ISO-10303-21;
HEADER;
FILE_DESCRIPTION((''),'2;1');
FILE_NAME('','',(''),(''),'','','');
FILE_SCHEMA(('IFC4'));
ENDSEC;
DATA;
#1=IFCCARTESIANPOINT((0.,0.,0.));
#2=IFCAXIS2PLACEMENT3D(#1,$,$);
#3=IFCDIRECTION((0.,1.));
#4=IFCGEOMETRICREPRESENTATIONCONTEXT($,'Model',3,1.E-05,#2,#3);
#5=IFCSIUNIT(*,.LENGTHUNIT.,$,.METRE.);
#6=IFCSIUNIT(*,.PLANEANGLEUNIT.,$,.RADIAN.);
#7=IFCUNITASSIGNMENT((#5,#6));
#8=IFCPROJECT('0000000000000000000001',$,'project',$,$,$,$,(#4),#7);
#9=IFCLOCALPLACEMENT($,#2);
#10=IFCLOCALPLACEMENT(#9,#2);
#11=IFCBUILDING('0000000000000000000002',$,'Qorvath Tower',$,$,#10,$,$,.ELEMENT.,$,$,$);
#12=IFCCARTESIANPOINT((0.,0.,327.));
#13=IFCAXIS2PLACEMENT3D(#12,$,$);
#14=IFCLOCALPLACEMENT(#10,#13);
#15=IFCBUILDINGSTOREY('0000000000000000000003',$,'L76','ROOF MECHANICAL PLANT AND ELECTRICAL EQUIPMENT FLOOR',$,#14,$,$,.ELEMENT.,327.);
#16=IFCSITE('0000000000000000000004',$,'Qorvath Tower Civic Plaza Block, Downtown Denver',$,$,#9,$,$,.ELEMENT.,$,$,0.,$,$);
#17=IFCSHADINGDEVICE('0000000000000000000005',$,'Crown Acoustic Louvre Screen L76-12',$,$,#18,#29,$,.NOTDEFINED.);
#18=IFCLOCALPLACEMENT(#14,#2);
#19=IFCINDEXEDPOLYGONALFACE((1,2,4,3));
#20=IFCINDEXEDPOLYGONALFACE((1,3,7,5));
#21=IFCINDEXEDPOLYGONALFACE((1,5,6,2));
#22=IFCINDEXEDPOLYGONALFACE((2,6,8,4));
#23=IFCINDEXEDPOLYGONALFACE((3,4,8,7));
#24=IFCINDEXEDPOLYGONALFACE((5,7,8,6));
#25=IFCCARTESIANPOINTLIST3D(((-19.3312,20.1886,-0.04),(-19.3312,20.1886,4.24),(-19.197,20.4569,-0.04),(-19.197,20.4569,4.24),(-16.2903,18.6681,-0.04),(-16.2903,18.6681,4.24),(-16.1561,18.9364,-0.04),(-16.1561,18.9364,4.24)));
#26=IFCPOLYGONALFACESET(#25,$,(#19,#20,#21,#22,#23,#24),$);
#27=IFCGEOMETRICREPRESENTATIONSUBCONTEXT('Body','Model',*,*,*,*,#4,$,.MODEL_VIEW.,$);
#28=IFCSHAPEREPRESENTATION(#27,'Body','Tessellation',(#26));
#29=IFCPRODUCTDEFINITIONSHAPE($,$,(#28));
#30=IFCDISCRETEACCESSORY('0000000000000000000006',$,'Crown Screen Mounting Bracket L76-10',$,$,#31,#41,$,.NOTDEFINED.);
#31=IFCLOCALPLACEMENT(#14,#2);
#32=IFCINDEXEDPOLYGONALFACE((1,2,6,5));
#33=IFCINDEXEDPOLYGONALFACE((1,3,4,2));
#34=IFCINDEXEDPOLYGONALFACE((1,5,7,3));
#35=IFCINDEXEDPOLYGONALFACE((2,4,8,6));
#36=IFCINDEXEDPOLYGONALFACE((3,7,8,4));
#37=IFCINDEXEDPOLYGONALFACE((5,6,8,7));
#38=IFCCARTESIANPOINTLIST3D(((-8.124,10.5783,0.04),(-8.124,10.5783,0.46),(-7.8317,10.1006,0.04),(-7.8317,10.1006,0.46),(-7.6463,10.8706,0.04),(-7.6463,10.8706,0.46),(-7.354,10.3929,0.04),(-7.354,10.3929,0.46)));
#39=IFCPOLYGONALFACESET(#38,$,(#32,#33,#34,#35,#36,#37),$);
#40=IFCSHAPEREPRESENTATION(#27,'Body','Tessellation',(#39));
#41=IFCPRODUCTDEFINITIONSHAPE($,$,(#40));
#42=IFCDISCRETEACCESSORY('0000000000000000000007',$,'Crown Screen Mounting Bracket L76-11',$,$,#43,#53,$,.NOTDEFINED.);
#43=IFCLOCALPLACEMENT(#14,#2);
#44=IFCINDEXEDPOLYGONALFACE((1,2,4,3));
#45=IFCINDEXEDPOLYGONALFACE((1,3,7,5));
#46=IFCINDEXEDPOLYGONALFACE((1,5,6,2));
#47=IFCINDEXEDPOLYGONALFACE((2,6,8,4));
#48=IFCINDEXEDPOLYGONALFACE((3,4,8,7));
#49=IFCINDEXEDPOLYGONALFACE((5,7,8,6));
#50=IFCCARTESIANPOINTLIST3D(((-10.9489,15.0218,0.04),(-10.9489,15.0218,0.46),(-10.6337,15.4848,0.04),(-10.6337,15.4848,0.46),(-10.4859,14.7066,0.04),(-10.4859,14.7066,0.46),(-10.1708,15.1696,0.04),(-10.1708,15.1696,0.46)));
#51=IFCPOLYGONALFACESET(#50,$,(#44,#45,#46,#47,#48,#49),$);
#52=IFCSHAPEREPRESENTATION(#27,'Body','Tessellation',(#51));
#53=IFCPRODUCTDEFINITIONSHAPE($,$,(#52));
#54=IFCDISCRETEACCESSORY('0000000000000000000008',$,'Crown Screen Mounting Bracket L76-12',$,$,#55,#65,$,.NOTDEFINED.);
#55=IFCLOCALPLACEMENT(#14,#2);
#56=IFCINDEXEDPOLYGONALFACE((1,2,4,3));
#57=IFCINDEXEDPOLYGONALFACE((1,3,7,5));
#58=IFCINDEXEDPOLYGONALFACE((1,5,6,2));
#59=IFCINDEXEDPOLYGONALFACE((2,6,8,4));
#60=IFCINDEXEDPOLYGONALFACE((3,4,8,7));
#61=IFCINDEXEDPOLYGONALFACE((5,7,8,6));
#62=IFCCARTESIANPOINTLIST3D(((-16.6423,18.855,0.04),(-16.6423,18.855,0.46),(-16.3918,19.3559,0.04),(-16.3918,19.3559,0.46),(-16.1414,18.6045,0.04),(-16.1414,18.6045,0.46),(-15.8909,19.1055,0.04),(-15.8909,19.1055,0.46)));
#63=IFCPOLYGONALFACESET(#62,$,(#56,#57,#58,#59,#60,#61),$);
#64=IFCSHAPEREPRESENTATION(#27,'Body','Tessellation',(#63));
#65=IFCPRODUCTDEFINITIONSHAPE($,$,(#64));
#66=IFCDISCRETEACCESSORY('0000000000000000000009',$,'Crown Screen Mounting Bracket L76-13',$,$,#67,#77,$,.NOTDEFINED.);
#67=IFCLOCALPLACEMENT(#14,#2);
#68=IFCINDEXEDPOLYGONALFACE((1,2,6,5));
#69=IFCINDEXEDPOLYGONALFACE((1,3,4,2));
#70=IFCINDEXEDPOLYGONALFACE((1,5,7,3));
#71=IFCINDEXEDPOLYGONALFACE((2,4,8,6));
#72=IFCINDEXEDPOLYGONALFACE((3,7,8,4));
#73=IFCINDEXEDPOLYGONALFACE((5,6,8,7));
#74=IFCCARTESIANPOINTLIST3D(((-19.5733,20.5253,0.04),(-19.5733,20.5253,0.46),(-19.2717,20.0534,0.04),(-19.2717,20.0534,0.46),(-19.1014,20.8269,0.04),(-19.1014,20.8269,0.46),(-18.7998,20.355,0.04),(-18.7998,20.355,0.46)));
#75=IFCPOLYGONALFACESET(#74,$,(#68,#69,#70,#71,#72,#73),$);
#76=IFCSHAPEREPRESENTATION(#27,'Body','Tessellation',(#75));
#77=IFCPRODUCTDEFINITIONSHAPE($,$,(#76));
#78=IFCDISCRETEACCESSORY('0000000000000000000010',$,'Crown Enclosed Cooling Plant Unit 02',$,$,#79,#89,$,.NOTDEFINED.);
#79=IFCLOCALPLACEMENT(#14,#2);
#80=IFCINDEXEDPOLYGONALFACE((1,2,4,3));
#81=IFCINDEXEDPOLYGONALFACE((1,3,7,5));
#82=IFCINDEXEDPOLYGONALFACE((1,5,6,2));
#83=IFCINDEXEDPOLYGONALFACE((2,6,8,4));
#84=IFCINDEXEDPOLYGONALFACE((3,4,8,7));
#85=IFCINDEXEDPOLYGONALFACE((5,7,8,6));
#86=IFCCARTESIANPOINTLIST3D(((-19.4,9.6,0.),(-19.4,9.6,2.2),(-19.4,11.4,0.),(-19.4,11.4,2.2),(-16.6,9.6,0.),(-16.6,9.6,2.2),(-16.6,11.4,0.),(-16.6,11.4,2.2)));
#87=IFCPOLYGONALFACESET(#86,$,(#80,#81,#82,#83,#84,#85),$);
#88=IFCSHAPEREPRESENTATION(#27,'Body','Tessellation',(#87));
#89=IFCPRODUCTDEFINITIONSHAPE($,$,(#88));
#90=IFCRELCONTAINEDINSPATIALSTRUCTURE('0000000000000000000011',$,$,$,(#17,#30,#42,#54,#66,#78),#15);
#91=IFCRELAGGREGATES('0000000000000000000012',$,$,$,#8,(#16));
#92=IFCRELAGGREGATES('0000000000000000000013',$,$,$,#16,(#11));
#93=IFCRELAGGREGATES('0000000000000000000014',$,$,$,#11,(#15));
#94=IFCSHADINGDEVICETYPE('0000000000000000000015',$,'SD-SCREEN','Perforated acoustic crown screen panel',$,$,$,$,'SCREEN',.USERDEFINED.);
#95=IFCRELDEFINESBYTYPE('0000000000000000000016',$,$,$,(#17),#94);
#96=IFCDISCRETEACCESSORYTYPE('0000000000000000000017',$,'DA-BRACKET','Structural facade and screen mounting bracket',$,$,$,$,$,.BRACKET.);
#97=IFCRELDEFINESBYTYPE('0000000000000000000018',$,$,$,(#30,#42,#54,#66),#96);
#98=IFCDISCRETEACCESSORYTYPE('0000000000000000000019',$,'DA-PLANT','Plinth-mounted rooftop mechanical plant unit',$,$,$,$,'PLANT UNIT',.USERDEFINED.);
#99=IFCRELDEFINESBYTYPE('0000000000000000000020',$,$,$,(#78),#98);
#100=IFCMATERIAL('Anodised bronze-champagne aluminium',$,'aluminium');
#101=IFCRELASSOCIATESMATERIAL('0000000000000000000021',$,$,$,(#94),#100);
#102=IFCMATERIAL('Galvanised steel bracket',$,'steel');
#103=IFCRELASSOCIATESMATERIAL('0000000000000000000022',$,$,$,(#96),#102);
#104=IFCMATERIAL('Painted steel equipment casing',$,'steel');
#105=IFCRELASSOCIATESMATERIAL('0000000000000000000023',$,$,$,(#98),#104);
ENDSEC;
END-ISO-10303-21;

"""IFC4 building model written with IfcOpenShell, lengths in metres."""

from ifc_helpers import new_model, si_unit, direction, frame, origin, origin_2d, place, context, subcontext, project, spatial, rectangle, extrude, material, type_object, element, save


model = new_model("IFC4")

# Units and contexts
model_context = context("Model", 3, precision=1e-05, world=origin(), true_north=direction((0.0, 1.0)))
body_context = subcontext(model_context, "Body", "Model", "MODEL_VIEW")
ifc_project = project(units=[si_unit("LENGTHUNIT", "METRE"), si_unit("PLANEANGLEUNIT", "RADIAN")], contexts=[model_context])

# Site, building, storey
site_placement = place(None, origin())
site = spatial("IfcSite", under=ifc_project, at=site_placement, Name="Qorvath Tower Civic Plaza Block, Downtown Denver", CompositionType="ELEMENT", RefElevation=0.0)
building_placement = place(site_placement, origin())
building = spatial("IfcBuilding", under=site, at=building_placement, Name="Qorvath Tower", CompositionType="ELEMENT")
storey_placement = place(building_placement, frame((0.0, 0.0, 327.0)))
storey = spatial("IfcBuildingStorey", under=building, at=storey_placement, Name="L76", Description="ROOF MECHANICAL PLANT AND ELECTRICAL EQUIPMENT FLOOR", CompositionType="ELEMENT", Elevation=327.0)

# Shading device
ifc_material_1 = material(Name="Anodised bronze-champagne aluminium", Category="aluminium")
shading_device_type = type_object("IfcShadingDeviceType", Name="SD-SCREEN", Description="Perforated acoustic crown screen panel", ElementType="SCREEN", PredefinedType="USERDEFINED", material=ifc_material_1)
shading_device_1_placement = place(storey_placement, frame((-17.7437, 19.5625, -0.04), z_axis=(0.0, 0.0, 1.0), x_axis=(-0.894421, 0.447227, 0.0)))
element("IfcShadingDevice", 1, at=shading_device_1_placement, inside=storey, type_object=shading_device_type, Name="Crown Acoustic Louvre Screen L76-12", PredefinedType="NOTDEFINED", context=body_context, shape_type="SweptSolid", body=[
    extrude(rectangle(XDim=3.3999, YDim=0.3, at=origin_2d()), origin(), (0.0, 0.0, 1.0), 4.28),
])

# Discrete accessories
ifc_material_2 = material(Name="Galvanised steel bracket", Category="steel")
discrete_accessory_type_1 = type_object("IfcDiscreteAccessoryType", Name="DA-BRACKET", Description="Structural facade and screen mounting bracket", PredefinedType="BRACKET", material=ifc_material_2)
for number, where, z_axis, x_axis, name in (
    (2, (-7.739, 10.4856, 0.04), (0.0, 0.0, 1.0), (-0.521914, 0.852998, 0.0), "Crown Screen Mounting Bracket L76-10"),
    (3, (-10.5598, 15.0957, 0.04), (0.0, 0.0, 1.0), (-0.826661, 0.5627, 0.0), "Crown Screen Mounting Bracket L76-11"),
    (4, (-16.2666, 18.9802, 0.04), (0.0, 0.0, 1.0), (-0.894421, 0.447227, 0.0), "Crown Screen Mounting Bracket L76-12"),
    (5, (-19.1865, 20.4402, 0.04), (0.0, 0.0, 1.0), (-0.842609, -0.538525, 0.0), "Crown Screen Mounting Bracket L76-13"),
):
    element("IfcDiscreteAccessory", number, at=place(storey_placement, frame(where, z_axis=z_axis, x_axis=x_axis)), inside=storey, type_object=discrete_accessory_type_1, Name=name, PredefinedType="NOTDEFINED", context=body_context, shape_type="SweptSolid", body=[
        extrude(rectangle(XDim=0.5601, YDim=0.5601, at=origin_2d()), origin(), (0.0, 0.0, 1.0), 0.4199),
    ])
ifc_material_3 = material(Name="Painted steel equipment casing", Category="steel")
discrete_accessory_type_2 = type_object("IfcDiscreteAccessoryType", Name="DA-PLANT", Description="Plinth-mounted rooftop mechanical plant unit", ElementType="PLANT UNIT", PredefinedType="USERDEFINED", material=ifc_material_3)
discrete_accessory_placement = place(storey_placement, frame((-18.0, 10.5, 0.0), z_axis=(0.0, 0.0, 1.0), x_axis=(1.0, 0.0, 0.0)))
element("IfcDiscreteAccessory", 6, at=discrete_accessory_placement, inside=storey, type_object=discrete_accessory_type_2, Name="Crown Enclosed Cooling Plant Unit 02", PredefinedType="NOTDEFINED", context=body_context, shape_type="SweptSolid", body=[
    extrude(rectangle(XDim=2.8, YDim=1.8, at=origin_2d()), origin(), (0.0, 0.0, 1.0), 2.2),
])

save(model, "model.ifc")
